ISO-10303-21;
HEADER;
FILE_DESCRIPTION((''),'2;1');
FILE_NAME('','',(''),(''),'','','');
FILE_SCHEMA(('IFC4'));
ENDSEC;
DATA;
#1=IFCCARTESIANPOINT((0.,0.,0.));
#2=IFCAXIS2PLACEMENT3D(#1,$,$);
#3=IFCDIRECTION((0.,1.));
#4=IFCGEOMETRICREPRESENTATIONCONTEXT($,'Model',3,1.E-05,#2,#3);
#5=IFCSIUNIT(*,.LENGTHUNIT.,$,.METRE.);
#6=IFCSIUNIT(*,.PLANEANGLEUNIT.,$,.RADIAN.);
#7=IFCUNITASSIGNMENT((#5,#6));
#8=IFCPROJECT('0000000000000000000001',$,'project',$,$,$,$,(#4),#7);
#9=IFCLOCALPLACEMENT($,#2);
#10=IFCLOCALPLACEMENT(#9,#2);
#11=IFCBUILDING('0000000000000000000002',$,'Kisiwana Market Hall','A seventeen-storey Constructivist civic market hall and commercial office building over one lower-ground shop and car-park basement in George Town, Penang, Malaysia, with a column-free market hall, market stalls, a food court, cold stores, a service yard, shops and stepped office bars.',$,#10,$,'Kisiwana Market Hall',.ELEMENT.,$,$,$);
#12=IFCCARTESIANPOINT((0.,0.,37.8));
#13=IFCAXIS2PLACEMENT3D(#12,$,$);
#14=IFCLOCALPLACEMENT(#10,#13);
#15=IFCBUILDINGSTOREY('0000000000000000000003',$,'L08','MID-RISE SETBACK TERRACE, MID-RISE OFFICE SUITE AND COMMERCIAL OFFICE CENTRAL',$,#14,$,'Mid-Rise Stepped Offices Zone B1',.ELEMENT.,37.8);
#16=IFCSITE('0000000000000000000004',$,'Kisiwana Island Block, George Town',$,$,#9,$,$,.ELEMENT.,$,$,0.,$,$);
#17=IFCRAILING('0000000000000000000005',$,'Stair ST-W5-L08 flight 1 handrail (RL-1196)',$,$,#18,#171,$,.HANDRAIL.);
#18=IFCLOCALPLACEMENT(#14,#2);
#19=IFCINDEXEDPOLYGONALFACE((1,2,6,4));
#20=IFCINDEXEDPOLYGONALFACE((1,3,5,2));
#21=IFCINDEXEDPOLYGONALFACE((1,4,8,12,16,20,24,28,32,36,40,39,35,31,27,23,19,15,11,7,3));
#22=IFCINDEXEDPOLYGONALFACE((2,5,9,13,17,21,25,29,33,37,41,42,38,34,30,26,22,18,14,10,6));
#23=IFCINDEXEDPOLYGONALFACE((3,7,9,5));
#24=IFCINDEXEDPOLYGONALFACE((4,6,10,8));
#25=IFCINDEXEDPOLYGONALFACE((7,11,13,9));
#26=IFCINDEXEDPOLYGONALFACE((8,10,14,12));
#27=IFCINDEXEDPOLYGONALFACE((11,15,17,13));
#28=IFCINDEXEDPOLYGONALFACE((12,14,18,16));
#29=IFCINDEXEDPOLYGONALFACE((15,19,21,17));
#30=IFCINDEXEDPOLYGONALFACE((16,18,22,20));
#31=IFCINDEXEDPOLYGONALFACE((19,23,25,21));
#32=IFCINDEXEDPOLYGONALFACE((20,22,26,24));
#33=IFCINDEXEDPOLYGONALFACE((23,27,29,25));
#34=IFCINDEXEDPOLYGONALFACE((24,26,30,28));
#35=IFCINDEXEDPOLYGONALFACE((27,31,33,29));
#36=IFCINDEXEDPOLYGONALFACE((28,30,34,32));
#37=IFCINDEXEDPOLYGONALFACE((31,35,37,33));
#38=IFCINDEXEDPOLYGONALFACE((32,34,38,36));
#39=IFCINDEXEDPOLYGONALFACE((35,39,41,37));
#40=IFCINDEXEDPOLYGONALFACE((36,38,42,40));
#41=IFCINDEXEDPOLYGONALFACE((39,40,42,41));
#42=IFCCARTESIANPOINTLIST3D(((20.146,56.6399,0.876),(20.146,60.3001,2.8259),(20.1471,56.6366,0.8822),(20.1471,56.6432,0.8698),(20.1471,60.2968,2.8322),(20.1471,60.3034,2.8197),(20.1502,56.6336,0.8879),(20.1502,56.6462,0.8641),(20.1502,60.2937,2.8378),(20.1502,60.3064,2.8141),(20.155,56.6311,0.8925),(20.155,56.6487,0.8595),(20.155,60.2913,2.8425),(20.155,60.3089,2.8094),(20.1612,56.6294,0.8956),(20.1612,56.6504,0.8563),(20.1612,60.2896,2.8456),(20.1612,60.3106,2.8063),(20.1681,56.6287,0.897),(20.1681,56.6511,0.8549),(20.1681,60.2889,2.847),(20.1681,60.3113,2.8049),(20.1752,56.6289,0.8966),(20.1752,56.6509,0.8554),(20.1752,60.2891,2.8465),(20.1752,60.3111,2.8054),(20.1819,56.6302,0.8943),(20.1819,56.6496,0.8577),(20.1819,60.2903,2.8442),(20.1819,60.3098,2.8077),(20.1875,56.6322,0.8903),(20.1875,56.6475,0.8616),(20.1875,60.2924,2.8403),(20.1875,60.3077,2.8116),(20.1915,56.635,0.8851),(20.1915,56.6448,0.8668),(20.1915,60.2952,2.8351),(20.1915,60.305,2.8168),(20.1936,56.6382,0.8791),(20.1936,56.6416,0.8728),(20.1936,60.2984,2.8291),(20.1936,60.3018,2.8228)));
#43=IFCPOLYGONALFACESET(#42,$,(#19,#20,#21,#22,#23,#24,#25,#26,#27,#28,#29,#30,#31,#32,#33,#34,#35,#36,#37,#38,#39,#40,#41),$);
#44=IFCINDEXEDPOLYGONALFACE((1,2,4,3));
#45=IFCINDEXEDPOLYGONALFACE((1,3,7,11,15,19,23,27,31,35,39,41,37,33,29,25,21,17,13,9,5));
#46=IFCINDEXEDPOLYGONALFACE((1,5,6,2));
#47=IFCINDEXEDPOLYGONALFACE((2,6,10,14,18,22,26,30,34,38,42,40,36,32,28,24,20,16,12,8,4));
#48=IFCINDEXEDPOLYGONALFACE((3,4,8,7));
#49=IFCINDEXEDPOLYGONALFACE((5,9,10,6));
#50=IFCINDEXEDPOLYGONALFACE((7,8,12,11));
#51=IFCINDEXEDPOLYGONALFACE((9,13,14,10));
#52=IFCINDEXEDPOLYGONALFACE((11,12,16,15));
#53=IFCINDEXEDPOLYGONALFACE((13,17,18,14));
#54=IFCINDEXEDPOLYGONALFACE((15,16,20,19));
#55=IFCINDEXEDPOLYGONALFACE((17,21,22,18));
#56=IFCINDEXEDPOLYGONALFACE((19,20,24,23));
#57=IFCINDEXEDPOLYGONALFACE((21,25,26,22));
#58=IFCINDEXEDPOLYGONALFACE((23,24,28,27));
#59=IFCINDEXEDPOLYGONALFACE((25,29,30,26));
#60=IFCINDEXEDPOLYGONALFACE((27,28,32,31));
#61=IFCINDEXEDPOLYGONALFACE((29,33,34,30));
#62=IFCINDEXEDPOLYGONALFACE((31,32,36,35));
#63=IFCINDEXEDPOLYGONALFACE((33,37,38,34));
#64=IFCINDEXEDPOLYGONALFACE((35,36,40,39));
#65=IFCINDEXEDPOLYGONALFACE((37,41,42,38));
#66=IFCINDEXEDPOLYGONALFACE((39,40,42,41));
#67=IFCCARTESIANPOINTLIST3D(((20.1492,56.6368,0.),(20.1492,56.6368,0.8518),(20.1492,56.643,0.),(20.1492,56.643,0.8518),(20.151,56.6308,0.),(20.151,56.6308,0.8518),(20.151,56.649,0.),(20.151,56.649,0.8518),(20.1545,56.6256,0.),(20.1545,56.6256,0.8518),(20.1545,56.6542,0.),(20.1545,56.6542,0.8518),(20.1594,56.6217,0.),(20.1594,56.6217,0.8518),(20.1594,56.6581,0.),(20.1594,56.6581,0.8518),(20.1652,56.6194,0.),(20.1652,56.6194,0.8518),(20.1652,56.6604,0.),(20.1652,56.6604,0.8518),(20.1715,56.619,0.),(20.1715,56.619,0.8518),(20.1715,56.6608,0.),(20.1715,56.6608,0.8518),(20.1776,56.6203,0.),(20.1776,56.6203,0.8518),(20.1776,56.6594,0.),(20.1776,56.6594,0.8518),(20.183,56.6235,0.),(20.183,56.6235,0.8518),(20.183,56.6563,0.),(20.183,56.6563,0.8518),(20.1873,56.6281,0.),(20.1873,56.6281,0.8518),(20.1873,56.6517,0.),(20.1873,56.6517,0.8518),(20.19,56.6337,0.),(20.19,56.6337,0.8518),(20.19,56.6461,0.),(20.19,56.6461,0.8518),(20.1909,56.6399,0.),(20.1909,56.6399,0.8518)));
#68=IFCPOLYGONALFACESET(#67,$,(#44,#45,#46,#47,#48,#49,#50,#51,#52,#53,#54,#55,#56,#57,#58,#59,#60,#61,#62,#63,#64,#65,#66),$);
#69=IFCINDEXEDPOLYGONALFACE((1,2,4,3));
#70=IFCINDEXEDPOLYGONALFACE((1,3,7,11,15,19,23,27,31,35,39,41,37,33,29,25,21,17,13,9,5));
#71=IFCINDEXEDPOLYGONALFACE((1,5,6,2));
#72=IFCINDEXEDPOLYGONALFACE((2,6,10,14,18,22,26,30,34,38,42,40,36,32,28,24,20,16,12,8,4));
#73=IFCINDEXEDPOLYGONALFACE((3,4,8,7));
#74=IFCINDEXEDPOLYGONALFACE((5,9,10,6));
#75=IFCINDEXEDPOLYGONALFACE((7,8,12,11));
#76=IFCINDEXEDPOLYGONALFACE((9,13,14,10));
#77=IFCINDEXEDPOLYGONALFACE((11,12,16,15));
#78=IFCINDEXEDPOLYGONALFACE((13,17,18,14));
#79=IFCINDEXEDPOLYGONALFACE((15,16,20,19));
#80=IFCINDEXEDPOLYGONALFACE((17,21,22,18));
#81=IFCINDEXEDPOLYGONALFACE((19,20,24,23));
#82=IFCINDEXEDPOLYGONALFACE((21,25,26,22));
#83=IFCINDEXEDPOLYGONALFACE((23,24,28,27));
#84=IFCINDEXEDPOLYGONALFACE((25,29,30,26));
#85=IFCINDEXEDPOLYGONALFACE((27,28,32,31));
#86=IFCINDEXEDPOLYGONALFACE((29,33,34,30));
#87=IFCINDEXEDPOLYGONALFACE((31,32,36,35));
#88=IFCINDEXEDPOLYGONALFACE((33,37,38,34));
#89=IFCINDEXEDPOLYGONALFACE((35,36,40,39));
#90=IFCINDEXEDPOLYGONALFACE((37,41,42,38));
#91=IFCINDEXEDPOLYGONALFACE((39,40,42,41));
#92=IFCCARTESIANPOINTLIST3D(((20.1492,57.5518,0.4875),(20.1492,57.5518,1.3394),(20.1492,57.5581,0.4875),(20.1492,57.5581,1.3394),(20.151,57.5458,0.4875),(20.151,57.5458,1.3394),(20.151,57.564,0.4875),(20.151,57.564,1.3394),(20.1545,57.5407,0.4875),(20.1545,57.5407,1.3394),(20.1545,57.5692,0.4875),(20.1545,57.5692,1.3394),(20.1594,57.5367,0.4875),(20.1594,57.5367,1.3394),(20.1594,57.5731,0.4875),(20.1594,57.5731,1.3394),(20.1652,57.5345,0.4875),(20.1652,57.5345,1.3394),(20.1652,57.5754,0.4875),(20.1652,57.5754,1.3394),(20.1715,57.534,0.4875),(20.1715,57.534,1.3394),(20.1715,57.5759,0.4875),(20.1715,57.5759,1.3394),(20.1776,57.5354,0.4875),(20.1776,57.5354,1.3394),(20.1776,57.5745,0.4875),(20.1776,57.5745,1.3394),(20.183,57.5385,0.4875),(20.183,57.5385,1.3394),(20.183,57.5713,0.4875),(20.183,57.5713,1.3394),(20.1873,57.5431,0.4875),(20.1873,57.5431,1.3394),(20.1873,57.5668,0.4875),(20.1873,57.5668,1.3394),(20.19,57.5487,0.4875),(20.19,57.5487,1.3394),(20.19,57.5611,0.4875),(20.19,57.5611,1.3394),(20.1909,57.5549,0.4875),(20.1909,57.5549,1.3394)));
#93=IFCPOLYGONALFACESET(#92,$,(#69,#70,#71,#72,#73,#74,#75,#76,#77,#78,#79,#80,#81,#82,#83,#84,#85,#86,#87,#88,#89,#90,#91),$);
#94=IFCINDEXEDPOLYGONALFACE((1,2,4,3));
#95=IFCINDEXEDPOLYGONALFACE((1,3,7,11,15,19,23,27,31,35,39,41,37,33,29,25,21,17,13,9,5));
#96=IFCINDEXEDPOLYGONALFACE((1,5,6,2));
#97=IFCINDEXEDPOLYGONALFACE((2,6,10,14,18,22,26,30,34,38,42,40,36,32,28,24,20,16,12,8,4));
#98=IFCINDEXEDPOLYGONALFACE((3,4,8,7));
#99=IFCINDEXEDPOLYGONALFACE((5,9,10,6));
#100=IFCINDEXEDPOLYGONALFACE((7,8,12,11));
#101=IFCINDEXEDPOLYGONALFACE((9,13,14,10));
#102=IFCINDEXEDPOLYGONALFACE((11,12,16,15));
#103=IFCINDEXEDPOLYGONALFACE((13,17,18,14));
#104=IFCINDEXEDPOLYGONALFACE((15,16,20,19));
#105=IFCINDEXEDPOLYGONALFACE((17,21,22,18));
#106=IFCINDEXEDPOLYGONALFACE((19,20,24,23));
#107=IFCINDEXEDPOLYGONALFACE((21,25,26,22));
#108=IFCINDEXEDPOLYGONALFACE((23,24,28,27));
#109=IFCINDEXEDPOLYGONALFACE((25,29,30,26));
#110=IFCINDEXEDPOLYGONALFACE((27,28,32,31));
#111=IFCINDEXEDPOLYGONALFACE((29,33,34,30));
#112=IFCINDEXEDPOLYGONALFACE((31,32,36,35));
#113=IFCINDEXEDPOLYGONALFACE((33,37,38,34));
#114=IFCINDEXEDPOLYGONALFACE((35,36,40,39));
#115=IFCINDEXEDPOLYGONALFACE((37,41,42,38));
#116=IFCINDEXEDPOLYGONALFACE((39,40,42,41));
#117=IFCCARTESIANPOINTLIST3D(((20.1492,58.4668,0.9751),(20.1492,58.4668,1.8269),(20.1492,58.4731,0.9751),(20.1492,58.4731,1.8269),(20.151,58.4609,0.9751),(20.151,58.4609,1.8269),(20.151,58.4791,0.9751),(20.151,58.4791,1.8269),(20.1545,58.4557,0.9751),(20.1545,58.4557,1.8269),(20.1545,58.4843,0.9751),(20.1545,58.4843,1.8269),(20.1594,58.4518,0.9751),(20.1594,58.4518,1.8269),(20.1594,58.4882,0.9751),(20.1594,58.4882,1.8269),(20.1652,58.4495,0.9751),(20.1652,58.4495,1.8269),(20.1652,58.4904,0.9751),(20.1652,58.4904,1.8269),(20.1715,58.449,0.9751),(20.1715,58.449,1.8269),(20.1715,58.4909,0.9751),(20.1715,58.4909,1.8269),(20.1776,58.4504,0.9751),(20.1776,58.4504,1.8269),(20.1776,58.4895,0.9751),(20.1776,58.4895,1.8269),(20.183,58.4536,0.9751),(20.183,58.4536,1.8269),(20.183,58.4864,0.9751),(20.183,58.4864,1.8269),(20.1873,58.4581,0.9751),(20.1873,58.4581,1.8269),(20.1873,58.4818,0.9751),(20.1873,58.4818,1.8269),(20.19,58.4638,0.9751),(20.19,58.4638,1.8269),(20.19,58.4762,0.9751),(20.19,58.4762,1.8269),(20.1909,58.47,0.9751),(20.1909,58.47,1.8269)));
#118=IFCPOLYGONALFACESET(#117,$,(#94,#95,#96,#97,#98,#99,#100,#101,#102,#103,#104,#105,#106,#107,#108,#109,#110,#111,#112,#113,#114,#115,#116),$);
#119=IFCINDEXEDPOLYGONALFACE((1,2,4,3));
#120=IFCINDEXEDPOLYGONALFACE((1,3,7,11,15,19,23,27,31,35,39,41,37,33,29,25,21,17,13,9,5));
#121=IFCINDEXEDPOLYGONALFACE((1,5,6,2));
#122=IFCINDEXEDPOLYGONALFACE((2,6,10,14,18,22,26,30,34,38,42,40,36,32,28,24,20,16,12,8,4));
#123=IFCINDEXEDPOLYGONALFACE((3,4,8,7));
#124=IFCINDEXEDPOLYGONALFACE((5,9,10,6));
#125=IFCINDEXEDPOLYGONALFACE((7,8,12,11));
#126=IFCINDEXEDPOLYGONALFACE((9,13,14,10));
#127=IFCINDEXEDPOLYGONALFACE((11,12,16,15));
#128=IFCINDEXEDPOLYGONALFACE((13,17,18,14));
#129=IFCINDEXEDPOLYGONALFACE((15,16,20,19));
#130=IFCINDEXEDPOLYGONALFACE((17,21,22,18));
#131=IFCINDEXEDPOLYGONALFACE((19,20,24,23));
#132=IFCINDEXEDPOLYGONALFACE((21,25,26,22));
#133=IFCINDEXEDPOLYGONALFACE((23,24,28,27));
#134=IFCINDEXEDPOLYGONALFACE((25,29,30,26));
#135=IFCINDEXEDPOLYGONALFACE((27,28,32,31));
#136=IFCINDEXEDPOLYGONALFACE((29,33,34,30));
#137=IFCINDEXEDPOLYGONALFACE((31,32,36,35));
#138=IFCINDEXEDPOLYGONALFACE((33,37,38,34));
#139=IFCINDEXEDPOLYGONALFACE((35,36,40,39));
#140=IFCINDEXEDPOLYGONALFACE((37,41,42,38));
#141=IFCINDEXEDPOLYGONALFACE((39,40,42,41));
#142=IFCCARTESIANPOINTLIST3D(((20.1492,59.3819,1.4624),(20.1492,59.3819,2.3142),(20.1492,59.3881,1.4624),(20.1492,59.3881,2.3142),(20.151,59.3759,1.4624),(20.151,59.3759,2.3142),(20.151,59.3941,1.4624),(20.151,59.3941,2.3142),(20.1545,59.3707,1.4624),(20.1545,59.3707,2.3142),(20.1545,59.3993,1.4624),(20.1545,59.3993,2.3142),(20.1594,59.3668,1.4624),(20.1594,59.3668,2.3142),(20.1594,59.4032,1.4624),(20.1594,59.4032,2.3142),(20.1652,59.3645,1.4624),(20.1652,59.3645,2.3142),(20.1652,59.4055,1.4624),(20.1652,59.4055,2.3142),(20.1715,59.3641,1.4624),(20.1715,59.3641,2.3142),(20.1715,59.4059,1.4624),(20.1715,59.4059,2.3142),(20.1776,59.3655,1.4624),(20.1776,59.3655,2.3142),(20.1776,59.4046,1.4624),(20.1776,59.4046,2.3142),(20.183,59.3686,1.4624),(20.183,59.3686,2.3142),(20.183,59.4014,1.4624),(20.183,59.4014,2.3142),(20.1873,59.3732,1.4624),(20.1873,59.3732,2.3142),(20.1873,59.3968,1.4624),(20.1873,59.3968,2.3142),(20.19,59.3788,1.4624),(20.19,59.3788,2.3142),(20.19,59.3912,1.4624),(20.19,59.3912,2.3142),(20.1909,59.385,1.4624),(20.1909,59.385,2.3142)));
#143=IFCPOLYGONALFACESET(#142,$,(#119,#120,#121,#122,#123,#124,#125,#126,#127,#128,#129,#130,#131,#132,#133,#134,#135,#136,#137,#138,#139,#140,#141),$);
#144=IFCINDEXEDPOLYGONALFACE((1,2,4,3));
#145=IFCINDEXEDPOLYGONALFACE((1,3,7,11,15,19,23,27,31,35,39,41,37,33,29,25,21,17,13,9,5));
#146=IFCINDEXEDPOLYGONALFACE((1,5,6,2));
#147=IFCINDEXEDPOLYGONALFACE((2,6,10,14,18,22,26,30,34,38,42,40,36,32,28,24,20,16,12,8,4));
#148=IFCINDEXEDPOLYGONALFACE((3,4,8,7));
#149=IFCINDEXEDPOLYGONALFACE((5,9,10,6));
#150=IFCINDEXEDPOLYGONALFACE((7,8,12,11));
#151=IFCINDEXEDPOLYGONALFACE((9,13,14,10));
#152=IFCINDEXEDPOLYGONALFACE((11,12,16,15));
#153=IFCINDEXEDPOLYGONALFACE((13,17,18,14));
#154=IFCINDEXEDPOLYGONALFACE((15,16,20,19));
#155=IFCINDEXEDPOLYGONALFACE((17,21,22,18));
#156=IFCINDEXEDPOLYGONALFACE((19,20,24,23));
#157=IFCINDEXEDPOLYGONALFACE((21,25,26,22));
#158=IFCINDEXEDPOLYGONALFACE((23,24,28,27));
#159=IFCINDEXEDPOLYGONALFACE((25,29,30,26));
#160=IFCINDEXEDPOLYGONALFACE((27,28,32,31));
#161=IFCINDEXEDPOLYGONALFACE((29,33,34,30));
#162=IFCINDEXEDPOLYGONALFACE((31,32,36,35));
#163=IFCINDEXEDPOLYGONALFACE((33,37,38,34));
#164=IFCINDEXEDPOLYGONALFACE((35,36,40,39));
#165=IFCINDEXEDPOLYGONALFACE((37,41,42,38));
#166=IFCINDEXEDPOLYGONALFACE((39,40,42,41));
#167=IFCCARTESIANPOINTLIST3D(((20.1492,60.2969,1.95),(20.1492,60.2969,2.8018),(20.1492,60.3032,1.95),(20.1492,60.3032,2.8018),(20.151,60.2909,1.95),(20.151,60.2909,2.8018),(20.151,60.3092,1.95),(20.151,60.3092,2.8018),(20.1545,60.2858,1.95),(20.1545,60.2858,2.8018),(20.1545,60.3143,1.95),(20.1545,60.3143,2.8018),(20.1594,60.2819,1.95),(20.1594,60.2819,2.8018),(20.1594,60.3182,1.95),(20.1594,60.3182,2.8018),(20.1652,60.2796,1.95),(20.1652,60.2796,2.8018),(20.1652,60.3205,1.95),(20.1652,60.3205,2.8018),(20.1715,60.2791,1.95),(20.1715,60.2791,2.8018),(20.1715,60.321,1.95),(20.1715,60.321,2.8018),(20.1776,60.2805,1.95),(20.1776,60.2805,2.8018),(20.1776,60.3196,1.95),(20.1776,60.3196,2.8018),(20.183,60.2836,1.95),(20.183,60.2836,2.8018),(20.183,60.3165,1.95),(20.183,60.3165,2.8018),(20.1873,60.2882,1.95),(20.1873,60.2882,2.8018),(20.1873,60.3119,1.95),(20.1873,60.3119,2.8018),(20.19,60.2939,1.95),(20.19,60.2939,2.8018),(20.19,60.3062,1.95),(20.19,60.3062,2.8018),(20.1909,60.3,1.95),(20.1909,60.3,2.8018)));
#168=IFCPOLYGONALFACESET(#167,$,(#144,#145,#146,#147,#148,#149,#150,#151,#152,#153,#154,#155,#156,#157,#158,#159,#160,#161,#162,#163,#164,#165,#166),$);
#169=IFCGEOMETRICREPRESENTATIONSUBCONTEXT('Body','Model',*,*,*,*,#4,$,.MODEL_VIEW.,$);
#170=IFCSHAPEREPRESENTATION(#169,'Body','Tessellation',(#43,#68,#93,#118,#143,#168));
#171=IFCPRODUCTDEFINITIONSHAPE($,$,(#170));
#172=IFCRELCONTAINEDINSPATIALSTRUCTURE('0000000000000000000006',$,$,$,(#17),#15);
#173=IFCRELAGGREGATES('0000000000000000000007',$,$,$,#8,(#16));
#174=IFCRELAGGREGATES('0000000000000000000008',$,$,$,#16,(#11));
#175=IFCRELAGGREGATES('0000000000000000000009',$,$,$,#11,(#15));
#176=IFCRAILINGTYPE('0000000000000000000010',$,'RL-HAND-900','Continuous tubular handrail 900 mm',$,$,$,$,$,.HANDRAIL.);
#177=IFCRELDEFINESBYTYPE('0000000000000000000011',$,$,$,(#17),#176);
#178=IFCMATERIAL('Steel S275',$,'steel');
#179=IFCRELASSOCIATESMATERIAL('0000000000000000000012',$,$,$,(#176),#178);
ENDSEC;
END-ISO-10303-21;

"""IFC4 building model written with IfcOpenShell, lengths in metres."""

from ifc_helpers import new_model, si_unit, direction, frame, origin, origin_2d, place, context, subcontext, project, spatial, circle, extrude, material, type_object, element, save


model = new_model("IFC4")

# Units and contexts
model_context = context("Model", 3, precision=1e-05, world=origin(), true_north=direction((0.0, 1.0)))
body_context = subcontext(model_context, "Body", "Model", "MODEL_VIEW")
ifc_project = project(units=[si_unit("LENGTHUNIT", "METRE"), si_unit("PLANEANGLEUNIT", "RADIAN")], contexts=[model_context])

# Site, building, storey
site_placement = place(None, origin())
site = spatial("IfcSite", under=ifc_project, at=site_placement, Name="Kisiwana Island Block, George Town", CompositionType="ELEMENT", RefElevation=0.0)
building_placement = place(site_placement, origin())
building = spatial("IfcBuilding", under=site, at=building_placement, Name="Kisiwana Market Hall", Description="A seventeen-storey Constructivist civic market hall and commercial office building over one lower-ground shop and car-park basement in George Town, Penang, Malaysia, with a column-free market hall, market stalls, a food court, cold stores, a service yard, shops and stepped office bars.", LongName="Kisiwana Market Hall", CompositionType="ELEMENT")
storey_placement = place(building_placement, frame((0.0, 0.0, 37.8)))
storey = spatial("IfcBuildingStorey", under=building, at=storey_placement, Name="L08", Description="MID-RISE SETBACK TERRACE, MID-RISE OFFICE SUITE AND COMMERCIAL OFFICE CENTRAL", LongName="Mid-Rise Stepped Offices Zone B1", CompositionType="ELEMENT", Elevation=37.8)

# Railing
ifc_material_1 = material(Name="Steel S275", Category="steel")
railing_type_1 = type_object("IfcRailingType", Name="RL-HAND-900", Description="Continuous tubular handrail 900 mm", PredefinedType="HANDRAIL", material=ifc_material_1)
railing_1_placement = place(storey_placement, frame((20.1699, 56.6399, 0.0)))
element("IfcRailing", 1, at=railing_1_placement, inside=storey, type_object=railing_type_1, Name="Stair ST-W5-L08 flight 1 handrail (RL-1196)", PredefinedType="HANDRAIL", context=body_context, shape_type="SweptSolid", body=[
    extrude(circle(Radius=0.0239, at=origin_2d()), frame((0.0, 0.0, 0.876), z_axis=(0.0, 0.882566, 0.470188), x_axis=(-1.0, 0.0, 0.0)), (0.0, 0.0, 1.0), 4.1472),
    extrude(circle(Radius=0.021, at=origin_2d()), origin(), (0.0, 0.0, 1.0), 0.8518),
    extrude(circle(Radius=0.021, at=origin_2d()), frame((0.0, 0.915, 0.4875)), (0.0, 0.0, 1.0), 0.8518),
    extrude(circle(Radius=0.021, at=origin_2d()), frame((0.0, 1.8301, 0.9751)), (0.0, 0.0, 1.0), 0.8518),
    extrude(circle(Radius=0.021, at=origin_2d()), frame((0.0, 2.7451, 1.4624)), (0.0, 0.0, 1.0), 0.8518),
    extrude(circle(Radius=0.021, at=origin_2d()), frame((0.0, 3.6602, 1.95)), (0.0, 0.0, 1.0), 0.8518),
])

save(model, "model.ifc")
